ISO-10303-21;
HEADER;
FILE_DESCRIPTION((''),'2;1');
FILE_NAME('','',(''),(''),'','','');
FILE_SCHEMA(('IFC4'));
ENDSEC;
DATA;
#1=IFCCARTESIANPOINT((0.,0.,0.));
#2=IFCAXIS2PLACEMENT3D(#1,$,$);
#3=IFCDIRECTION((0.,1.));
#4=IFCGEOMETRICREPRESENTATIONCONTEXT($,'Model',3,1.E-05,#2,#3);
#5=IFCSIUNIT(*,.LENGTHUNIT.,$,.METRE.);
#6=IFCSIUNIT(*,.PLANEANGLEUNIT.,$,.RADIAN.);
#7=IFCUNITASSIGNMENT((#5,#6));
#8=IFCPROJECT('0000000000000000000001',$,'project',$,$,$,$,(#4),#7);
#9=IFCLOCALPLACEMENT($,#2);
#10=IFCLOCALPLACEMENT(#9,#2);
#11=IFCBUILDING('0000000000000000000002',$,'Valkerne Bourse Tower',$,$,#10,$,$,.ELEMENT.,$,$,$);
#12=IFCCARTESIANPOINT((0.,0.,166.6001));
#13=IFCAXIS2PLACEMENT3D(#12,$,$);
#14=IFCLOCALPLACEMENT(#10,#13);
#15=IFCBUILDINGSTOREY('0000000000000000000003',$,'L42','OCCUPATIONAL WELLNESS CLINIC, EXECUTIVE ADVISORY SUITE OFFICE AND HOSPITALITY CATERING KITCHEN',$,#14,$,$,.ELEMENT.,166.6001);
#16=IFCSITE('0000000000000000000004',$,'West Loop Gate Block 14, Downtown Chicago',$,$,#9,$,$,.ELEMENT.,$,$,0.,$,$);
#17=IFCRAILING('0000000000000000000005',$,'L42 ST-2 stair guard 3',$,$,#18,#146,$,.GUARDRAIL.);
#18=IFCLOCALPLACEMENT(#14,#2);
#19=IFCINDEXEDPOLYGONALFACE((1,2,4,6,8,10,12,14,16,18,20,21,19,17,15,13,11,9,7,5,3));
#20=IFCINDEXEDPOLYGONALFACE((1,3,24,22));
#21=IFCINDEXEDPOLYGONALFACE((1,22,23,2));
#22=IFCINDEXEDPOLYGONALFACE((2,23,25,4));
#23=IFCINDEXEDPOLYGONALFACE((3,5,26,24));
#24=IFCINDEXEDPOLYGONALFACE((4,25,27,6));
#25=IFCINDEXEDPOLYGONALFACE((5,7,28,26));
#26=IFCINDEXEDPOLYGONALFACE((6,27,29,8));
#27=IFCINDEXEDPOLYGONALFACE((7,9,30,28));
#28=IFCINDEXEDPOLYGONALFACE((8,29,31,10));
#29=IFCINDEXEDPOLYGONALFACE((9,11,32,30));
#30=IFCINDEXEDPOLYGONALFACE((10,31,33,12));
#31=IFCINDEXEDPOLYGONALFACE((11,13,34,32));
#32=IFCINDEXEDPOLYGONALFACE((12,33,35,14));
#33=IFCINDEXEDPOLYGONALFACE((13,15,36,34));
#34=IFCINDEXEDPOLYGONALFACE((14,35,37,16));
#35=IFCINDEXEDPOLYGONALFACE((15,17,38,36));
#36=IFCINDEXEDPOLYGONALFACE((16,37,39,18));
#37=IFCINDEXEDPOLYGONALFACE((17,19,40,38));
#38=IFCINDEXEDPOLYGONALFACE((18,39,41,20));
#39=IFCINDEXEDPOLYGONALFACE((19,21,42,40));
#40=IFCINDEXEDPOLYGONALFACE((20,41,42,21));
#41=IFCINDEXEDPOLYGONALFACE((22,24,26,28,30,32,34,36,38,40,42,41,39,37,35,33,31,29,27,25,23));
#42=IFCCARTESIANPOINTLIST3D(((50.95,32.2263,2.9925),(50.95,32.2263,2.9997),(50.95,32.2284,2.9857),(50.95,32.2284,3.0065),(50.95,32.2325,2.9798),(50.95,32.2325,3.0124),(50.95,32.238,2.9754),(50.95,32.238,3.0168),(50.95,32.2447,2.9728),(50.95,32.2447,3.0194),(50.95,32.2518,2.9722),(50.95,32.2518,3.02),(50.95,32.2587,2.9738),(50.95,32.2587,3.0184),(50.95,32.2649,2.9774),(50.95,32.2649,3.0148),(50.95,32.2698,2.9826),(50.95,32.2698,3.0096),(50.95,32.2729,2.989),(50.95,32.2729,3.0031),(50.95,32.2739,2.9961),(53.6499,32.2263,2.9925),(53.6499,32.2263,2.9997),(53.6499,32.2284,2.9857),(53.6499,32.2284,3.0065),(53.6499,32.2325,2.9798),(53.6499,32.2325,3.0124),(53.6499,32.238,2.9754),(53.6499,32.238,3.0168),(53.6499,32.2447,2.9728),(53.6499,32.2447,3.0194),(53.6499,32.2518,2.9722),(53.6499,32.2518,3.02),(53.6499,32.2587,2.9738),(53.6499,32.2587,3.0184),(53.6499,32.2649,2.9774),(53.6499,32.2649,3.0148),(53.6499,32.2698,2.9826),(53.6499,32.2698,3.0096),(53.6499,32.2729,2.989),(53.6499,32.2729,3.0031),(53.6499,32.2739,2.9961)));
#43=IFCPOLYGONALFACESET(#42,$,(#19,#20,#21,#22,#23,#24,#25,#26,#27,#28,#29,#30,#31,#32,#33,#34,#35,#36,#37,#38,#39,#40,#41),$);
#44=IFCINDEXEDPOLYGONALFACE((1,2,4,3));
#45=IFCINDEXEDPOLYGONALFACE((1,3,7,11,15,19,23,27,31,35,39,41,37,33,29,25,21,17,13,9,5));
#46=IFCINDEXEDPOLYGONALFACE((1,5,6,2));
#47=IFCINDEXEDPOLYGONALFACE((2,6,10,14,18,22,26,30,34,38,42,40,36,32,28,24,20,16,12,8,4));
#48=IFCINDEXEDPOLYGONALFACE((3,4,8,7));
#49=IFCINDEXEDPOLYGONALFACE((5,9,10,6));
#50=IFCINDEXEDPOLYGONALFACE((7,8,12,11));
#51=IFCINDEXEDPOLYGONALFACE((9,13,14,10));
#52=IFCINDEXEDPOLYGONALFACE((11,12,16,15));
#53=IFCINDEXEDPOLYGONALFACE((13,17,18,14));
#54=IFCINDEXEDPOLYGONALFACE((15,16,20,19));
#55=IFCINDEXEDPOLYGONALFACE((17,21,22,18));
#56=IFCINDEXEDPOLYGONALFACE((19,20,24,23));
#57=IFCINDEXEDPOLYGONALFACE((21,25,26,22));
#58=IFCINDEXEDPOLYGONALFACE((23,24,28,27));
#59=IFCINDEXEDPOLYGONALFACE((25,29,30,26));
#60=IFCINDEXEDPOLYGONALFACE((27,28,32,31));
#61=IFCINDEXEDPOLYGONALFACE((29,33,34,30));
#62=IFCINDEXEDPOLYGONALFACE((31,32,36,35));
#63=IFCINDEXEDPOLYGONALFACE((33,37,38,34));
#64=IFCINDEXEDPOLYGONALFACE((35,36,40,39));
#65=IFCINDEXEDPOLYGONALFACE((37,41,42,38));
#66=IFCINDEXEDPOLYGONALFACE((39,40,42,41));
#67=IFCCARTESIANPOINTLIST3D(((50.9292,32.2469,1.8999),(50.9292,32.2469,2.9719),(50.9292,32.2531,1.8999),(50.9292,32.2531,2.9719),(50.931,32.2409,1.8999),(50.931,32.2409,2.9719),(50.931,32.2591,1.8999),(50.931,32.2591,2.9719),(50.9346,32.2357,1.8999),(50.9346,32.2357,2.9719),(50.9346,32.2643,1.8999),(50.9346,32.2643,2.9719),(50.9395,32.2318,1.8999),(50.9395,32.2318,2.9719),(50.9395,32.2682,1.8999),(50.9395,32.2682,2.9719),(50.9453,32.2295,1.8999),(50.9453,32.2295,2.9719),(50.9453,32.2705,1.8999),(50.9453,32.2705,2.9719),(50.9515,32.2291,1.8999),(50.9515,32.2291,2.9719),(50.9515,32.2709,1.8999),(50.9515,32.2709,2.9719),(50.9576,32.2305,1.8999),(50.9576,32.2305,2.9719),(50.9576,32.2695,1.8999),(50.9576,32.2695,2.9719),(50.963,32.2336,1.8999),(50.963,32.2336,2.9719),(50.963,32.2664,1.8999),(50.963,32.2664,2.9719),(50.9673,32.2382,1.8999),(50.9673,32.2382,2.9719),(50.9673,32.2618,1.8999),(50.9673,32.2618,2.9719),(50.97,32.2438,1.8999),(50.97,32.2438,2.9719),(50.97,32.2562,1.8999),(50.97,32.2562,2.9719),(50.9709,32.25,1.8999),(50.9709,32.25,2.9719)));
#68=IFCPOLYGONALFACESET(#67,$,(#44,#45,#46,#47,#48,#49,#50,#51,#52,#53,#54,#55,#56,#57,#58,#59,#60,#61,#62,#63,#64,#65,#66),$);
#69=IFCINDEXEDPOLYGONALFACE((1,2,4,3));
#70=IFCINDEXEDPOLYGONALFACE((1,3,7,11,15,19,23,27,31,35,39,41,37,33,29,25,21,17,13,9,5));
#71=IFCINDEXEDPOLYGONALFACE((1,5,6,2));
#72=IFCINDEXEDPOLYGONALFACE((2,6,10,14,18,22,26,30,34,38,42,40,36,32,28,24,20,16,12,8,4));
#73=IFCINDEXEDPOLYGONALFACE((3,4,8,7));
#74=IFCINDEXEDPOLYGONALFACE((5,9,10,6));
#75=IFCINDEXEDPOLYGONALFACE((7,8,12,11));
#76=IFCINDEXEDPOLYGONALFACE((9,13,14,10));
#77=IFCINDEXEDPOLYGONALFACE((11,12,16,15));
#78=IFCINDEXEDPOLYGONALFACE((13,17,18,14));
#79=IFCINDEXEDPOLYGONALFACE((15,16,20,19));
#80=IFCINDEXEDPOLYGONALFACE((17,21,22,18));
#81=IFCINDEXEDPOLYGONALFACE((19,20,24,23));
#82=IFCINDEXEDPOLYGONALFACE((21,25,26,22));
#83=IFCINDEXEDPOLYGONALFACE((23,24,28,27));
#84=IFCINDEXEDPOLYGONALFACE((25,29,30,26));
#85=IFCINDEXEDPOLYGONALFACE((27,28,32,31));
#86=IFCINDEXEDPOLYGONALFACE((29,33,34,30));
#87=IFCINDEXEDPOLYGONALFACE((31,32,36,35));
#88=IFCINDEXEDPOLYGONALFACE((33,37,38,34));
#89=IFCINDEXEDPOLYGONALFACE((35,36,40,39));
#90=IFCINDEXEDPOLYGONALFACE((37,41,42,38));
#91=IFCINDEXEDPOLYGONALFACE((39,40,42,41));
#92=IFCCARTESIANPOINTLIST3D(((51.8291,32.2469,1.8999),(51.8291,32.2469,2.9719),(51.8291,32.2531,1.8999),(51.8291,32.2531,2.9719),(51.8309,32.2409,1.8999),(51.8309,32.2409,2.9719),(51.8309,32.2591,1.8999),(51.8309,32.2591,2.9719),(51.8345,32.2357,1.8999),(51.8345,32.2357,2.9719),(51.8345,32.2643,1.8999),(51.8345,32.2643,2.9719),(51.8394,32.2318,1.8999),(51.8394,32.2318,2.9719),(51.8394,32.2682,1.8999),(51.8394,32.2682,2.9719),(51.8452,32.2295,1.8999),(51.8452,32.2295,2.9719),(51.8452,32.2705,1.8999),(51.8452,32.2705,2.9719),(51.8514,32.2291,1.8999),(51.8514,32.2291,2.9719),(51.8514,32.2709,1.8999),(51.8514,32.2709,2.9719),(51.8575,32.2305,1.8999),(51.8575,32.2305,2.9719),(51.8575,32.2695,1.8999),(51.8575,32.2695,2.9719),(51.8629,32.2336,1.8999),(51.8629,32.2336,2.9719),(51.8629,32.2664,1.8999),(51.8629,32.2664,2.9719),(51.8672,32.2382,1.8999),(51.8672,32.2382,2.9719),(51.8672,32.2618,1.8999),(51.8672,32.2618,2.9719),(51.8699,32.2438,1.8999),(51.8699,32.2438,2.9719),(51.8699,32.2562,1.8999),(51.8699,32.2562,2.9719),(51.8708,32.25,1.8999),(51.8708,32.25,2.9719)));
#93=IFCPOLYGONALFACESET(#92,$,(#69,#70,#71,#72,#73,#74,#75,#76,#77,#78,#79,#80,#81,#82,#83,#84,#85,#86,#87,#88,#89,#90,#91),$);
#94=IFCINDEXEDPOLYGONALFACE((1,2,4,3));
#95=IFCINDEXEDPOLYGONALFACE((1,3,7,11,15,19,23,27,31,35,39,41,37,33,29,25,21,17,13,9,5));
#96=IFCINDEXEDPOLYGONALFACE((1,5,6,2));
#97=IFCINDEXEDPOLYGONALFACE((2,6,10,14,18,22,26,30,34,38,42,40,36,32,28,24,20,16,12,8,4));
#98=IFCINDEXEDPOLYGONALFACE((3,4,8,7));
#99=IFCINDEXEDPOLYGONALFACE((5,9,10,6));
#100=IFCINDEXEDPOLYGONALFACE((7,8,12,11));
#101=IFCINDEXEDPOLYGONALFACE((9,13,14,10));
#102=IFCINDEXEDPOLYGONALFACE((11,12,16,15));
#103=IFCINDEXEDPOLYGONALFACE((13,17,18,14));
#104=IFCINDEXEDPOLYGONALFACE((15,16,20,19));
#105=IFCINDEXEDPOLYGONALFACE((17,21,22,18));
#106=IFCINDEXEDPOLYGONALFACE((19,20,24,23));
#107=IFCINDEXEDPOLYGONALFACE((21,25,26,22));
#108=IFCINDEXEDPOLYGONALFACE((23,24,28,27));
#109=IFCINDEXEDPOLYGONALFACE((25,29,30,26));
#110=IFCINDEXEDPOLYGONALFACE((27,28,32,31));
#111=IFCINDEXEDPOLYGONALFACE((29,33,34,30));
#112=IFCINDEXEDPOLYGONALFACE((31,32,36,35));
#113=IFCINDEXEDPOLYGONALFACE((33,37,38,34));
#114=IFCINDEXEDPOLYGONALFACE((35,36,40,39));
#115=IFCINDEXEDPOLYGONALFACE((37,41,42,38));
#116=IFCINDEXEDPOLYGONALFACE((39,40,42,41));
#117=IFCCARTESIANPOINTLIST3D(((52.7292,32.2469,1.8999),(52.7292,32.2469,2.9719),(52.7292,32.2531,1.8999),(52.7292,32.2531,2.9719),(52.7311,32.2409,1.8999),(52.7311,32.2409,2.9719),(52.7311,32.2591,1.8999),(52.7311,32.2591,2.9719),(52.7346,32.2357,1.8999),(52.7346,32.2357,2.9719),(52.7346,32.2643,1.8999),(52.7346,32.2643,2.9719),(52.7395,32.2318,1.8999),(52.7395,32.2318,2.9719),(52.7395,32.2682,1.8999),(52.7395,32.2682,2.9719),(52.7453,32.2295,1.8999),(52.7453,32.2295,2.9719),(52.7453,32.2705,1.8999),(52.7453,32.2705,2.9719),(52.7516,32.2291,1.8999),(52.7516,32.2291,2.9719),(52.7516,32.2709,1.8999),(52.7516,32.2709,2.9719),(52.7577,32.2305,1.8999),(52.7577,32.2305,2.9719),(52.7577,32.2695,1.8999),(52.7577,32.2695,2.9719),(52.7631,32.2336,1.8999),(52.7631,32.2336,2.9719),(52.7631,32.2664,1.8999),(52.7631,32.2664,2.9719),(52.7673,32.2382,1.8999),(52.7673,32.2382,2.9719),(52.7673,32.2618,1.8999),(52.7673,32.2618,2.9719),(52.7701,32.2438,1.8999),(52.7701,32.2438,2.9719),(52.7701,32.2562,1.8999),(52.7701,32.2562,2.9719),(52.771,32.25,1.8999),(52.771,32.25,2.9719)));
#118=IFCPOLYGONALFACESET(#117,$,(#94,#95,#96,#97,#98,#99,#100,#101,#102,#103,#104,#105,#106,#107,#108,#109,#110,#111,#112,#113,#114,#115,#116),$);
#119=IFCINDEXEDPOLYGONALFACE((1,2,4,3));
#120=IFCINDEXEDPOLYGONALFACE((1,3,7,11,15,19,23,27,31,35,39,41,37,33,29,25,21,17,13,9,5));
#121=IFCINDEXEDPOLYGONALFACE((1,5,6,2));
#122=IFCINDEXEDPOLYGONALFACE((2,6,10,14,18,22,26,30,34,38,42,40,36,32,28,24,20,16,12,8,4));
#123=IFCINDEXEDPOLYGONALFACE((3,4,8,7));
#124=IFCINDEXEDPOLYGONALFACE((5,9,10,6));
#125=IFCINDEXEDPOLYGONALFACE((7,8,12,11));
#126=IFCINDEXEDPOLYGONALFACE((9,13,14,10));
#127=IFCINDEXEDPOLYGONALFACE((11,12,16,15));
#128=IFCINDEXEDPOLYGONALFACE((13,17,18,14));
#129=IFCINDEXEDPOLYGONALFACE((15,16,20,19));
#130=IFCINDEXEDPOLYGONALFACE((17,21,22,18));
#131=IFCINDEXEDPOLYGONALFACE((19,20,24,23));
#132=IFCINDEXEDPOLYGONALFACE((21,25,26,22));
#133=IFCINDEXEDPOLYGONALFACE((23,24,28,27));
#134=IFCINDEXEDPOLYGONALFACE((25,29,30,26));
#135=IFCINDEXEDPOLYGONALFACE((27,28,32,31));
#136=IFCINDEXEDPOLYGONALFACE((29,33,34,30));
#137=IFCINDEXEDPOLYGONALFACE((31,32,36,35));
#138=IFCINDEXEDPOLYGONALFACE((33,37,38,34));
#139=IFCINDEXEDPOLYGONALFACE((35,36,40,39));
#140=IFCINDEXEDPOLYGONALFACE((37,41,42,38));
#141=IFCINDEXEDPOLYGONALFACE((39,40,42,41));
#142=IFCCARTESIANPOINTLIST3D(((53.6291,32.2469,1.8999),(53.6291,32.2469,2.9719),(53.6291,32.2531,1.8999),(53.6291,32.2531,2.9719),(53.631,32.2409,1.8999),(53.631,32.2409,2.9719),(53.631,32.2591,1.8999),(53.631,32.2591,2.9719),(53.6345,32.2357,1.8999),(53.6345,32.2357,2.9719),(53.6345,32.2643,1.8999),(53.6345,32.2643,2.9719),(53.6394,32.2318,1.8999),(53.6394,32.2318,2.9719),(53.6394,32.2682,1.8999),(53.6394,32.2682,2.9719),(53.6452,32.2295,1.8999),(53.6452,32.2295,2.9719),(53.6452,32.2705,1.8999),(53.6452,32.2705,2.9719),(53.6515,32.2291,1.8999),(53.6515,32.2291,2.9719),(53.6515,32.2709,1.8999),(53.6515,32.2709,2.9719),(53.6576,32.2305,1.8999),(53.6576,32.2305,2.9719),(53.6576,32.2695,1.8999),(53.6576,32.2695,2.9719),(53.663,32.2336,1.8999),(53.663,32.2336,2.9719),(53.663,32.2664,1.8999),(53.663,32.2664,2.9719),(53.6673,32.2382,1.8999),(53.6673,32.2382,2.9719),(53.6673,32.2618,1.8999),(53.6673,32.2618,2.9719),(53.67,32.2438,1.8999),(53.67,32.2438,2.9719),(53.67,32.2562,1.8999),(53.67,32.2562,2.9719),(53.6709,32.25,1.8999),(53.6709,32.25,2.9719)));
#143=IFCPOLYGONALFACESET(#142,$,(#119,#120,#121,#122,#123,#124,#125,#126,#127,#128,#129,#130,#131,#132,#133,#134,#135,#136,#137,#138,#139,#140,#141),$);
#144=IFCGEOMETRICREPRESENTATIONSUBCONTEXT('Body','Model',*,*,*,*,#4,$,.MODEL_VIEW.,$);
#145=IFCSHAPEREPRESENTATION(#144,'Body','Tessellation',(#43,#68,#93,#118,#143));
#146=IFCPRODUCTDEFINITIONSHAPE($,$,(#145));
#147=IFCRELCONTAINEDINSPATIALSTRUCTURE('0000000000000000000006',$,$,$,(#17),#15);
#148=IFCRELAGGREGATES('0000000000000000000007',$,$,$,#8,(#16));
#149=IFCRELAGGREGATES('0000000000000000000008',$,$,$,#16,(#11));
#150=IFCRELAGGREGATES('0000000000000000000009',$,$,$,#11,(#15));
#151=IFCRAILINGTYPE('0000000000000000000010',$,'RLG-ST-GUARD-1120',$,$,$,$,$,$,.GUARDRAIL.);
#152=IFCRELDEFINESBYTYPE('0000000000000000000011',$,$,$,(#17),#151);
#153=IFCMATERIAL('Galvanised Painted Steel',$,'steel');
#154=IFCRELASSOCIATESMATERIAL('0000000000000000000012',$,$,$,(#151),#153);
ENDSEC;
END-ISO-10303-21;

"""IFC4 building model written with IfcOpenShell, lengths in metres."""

from ifc_helpers import new_model, si_unit, direction, frame, origin, origin_2d, place, context, subcontext, project, spatial, circle, extrude, material, type_object, element, save


model = new_model("IFC4")

# Units and contexts
model_context = context("Model", 3, precision=1e-05, world=origin(), true_north=direction((0.0, 1.0)))
body_context = subcontext(model_context, "Body", "Model", "MODEL_VIEW")
ifc_project = project(units=[si_unit("LENGTHUNIT", "METRE"), si_unit("PLANEANGLEUNIT", "RADIAN")], contexts=[model_context])

# Site, building, storey
site_placement = place(None, origin())
site = spatial("IfcSite", under=ifc_project, at=site_placement, Name="West Loop Gate Block 14, Downtown Chicago", CompositionType="ELEMENT", RefElevation=0.0)
building_placement = place(site_placement, origin())
building = spatial("IfcBuilding", under=site, at=building_placement, Name="Valkerne Bourse Tower", CompositionType="ELEMENT")
storey_placement = place(building_placement, frame((0.0, 0.0, 166.6001)))
storey = spatial("IfcBuildingStorey", under=building, at=storey_placement, Name="L42", Description="OCCUPATIONAL WELLNESS CLINIC, EXECUTIVE ADVISORY SUITE OFFICE AND HOSPITALITY CATERING KITCHEN", CompositionType="ELEMENT", Elevation=166.6001)

# Shared definitions
ifc_material_1 = material(Name="Galvanised Painted Steel", Category="steel")

# Railing
railing_type_1 = type_object("IfcRailingType", Name="RLG-ST-GUARD-1120", PredefinedType="GUARDRAIL", material=ifc_material_1)
for number, where, name in (
    (1, (50.95, 32.25, 1.8999), "L42 ST-2 stair guard 3"),
):
    element("IfcRailing", number, at=place(storey_placement, frame(where)), inside=storey, type_object=railing_type_1, Name=name, PredefinedType="GUARDRAIL", context=body_context, shape_type="SweptSolid", body=[
        extrude(circle(Radius=0.0239, at=origin_2d()), frame((0.0, 0.0, 1.0962), z_axis=(1.0, 0.0, 0.0), x_axis=(0.0, 1.0, 0.0)), (0.0, 0.0, 1.0), 2.7),
        extrude(circle(Radius=0.021, at=origin_2d()), origin(), (0.0, 0.0, 1.0), 1.072),
        extrude(circle(Radius=0.021, at=origin_2d()), frame((0.8999, 0.0, 0.0)), (0.0, 0.0, 1.0), 1.072),
        extrude(circle(Radius=0.021, at=origin_2d()), frame((1.8, 0.0, 0.0)), (0.0, 0.0, 1.0), 1.072),
        extrude(circle(Radius=0.021, at=origin_2d()), frame((2.7, 0.0, 0.0)), (0.0, 0.0, 1.0), 1.072),
    ])

save(model, "model.ifc")
